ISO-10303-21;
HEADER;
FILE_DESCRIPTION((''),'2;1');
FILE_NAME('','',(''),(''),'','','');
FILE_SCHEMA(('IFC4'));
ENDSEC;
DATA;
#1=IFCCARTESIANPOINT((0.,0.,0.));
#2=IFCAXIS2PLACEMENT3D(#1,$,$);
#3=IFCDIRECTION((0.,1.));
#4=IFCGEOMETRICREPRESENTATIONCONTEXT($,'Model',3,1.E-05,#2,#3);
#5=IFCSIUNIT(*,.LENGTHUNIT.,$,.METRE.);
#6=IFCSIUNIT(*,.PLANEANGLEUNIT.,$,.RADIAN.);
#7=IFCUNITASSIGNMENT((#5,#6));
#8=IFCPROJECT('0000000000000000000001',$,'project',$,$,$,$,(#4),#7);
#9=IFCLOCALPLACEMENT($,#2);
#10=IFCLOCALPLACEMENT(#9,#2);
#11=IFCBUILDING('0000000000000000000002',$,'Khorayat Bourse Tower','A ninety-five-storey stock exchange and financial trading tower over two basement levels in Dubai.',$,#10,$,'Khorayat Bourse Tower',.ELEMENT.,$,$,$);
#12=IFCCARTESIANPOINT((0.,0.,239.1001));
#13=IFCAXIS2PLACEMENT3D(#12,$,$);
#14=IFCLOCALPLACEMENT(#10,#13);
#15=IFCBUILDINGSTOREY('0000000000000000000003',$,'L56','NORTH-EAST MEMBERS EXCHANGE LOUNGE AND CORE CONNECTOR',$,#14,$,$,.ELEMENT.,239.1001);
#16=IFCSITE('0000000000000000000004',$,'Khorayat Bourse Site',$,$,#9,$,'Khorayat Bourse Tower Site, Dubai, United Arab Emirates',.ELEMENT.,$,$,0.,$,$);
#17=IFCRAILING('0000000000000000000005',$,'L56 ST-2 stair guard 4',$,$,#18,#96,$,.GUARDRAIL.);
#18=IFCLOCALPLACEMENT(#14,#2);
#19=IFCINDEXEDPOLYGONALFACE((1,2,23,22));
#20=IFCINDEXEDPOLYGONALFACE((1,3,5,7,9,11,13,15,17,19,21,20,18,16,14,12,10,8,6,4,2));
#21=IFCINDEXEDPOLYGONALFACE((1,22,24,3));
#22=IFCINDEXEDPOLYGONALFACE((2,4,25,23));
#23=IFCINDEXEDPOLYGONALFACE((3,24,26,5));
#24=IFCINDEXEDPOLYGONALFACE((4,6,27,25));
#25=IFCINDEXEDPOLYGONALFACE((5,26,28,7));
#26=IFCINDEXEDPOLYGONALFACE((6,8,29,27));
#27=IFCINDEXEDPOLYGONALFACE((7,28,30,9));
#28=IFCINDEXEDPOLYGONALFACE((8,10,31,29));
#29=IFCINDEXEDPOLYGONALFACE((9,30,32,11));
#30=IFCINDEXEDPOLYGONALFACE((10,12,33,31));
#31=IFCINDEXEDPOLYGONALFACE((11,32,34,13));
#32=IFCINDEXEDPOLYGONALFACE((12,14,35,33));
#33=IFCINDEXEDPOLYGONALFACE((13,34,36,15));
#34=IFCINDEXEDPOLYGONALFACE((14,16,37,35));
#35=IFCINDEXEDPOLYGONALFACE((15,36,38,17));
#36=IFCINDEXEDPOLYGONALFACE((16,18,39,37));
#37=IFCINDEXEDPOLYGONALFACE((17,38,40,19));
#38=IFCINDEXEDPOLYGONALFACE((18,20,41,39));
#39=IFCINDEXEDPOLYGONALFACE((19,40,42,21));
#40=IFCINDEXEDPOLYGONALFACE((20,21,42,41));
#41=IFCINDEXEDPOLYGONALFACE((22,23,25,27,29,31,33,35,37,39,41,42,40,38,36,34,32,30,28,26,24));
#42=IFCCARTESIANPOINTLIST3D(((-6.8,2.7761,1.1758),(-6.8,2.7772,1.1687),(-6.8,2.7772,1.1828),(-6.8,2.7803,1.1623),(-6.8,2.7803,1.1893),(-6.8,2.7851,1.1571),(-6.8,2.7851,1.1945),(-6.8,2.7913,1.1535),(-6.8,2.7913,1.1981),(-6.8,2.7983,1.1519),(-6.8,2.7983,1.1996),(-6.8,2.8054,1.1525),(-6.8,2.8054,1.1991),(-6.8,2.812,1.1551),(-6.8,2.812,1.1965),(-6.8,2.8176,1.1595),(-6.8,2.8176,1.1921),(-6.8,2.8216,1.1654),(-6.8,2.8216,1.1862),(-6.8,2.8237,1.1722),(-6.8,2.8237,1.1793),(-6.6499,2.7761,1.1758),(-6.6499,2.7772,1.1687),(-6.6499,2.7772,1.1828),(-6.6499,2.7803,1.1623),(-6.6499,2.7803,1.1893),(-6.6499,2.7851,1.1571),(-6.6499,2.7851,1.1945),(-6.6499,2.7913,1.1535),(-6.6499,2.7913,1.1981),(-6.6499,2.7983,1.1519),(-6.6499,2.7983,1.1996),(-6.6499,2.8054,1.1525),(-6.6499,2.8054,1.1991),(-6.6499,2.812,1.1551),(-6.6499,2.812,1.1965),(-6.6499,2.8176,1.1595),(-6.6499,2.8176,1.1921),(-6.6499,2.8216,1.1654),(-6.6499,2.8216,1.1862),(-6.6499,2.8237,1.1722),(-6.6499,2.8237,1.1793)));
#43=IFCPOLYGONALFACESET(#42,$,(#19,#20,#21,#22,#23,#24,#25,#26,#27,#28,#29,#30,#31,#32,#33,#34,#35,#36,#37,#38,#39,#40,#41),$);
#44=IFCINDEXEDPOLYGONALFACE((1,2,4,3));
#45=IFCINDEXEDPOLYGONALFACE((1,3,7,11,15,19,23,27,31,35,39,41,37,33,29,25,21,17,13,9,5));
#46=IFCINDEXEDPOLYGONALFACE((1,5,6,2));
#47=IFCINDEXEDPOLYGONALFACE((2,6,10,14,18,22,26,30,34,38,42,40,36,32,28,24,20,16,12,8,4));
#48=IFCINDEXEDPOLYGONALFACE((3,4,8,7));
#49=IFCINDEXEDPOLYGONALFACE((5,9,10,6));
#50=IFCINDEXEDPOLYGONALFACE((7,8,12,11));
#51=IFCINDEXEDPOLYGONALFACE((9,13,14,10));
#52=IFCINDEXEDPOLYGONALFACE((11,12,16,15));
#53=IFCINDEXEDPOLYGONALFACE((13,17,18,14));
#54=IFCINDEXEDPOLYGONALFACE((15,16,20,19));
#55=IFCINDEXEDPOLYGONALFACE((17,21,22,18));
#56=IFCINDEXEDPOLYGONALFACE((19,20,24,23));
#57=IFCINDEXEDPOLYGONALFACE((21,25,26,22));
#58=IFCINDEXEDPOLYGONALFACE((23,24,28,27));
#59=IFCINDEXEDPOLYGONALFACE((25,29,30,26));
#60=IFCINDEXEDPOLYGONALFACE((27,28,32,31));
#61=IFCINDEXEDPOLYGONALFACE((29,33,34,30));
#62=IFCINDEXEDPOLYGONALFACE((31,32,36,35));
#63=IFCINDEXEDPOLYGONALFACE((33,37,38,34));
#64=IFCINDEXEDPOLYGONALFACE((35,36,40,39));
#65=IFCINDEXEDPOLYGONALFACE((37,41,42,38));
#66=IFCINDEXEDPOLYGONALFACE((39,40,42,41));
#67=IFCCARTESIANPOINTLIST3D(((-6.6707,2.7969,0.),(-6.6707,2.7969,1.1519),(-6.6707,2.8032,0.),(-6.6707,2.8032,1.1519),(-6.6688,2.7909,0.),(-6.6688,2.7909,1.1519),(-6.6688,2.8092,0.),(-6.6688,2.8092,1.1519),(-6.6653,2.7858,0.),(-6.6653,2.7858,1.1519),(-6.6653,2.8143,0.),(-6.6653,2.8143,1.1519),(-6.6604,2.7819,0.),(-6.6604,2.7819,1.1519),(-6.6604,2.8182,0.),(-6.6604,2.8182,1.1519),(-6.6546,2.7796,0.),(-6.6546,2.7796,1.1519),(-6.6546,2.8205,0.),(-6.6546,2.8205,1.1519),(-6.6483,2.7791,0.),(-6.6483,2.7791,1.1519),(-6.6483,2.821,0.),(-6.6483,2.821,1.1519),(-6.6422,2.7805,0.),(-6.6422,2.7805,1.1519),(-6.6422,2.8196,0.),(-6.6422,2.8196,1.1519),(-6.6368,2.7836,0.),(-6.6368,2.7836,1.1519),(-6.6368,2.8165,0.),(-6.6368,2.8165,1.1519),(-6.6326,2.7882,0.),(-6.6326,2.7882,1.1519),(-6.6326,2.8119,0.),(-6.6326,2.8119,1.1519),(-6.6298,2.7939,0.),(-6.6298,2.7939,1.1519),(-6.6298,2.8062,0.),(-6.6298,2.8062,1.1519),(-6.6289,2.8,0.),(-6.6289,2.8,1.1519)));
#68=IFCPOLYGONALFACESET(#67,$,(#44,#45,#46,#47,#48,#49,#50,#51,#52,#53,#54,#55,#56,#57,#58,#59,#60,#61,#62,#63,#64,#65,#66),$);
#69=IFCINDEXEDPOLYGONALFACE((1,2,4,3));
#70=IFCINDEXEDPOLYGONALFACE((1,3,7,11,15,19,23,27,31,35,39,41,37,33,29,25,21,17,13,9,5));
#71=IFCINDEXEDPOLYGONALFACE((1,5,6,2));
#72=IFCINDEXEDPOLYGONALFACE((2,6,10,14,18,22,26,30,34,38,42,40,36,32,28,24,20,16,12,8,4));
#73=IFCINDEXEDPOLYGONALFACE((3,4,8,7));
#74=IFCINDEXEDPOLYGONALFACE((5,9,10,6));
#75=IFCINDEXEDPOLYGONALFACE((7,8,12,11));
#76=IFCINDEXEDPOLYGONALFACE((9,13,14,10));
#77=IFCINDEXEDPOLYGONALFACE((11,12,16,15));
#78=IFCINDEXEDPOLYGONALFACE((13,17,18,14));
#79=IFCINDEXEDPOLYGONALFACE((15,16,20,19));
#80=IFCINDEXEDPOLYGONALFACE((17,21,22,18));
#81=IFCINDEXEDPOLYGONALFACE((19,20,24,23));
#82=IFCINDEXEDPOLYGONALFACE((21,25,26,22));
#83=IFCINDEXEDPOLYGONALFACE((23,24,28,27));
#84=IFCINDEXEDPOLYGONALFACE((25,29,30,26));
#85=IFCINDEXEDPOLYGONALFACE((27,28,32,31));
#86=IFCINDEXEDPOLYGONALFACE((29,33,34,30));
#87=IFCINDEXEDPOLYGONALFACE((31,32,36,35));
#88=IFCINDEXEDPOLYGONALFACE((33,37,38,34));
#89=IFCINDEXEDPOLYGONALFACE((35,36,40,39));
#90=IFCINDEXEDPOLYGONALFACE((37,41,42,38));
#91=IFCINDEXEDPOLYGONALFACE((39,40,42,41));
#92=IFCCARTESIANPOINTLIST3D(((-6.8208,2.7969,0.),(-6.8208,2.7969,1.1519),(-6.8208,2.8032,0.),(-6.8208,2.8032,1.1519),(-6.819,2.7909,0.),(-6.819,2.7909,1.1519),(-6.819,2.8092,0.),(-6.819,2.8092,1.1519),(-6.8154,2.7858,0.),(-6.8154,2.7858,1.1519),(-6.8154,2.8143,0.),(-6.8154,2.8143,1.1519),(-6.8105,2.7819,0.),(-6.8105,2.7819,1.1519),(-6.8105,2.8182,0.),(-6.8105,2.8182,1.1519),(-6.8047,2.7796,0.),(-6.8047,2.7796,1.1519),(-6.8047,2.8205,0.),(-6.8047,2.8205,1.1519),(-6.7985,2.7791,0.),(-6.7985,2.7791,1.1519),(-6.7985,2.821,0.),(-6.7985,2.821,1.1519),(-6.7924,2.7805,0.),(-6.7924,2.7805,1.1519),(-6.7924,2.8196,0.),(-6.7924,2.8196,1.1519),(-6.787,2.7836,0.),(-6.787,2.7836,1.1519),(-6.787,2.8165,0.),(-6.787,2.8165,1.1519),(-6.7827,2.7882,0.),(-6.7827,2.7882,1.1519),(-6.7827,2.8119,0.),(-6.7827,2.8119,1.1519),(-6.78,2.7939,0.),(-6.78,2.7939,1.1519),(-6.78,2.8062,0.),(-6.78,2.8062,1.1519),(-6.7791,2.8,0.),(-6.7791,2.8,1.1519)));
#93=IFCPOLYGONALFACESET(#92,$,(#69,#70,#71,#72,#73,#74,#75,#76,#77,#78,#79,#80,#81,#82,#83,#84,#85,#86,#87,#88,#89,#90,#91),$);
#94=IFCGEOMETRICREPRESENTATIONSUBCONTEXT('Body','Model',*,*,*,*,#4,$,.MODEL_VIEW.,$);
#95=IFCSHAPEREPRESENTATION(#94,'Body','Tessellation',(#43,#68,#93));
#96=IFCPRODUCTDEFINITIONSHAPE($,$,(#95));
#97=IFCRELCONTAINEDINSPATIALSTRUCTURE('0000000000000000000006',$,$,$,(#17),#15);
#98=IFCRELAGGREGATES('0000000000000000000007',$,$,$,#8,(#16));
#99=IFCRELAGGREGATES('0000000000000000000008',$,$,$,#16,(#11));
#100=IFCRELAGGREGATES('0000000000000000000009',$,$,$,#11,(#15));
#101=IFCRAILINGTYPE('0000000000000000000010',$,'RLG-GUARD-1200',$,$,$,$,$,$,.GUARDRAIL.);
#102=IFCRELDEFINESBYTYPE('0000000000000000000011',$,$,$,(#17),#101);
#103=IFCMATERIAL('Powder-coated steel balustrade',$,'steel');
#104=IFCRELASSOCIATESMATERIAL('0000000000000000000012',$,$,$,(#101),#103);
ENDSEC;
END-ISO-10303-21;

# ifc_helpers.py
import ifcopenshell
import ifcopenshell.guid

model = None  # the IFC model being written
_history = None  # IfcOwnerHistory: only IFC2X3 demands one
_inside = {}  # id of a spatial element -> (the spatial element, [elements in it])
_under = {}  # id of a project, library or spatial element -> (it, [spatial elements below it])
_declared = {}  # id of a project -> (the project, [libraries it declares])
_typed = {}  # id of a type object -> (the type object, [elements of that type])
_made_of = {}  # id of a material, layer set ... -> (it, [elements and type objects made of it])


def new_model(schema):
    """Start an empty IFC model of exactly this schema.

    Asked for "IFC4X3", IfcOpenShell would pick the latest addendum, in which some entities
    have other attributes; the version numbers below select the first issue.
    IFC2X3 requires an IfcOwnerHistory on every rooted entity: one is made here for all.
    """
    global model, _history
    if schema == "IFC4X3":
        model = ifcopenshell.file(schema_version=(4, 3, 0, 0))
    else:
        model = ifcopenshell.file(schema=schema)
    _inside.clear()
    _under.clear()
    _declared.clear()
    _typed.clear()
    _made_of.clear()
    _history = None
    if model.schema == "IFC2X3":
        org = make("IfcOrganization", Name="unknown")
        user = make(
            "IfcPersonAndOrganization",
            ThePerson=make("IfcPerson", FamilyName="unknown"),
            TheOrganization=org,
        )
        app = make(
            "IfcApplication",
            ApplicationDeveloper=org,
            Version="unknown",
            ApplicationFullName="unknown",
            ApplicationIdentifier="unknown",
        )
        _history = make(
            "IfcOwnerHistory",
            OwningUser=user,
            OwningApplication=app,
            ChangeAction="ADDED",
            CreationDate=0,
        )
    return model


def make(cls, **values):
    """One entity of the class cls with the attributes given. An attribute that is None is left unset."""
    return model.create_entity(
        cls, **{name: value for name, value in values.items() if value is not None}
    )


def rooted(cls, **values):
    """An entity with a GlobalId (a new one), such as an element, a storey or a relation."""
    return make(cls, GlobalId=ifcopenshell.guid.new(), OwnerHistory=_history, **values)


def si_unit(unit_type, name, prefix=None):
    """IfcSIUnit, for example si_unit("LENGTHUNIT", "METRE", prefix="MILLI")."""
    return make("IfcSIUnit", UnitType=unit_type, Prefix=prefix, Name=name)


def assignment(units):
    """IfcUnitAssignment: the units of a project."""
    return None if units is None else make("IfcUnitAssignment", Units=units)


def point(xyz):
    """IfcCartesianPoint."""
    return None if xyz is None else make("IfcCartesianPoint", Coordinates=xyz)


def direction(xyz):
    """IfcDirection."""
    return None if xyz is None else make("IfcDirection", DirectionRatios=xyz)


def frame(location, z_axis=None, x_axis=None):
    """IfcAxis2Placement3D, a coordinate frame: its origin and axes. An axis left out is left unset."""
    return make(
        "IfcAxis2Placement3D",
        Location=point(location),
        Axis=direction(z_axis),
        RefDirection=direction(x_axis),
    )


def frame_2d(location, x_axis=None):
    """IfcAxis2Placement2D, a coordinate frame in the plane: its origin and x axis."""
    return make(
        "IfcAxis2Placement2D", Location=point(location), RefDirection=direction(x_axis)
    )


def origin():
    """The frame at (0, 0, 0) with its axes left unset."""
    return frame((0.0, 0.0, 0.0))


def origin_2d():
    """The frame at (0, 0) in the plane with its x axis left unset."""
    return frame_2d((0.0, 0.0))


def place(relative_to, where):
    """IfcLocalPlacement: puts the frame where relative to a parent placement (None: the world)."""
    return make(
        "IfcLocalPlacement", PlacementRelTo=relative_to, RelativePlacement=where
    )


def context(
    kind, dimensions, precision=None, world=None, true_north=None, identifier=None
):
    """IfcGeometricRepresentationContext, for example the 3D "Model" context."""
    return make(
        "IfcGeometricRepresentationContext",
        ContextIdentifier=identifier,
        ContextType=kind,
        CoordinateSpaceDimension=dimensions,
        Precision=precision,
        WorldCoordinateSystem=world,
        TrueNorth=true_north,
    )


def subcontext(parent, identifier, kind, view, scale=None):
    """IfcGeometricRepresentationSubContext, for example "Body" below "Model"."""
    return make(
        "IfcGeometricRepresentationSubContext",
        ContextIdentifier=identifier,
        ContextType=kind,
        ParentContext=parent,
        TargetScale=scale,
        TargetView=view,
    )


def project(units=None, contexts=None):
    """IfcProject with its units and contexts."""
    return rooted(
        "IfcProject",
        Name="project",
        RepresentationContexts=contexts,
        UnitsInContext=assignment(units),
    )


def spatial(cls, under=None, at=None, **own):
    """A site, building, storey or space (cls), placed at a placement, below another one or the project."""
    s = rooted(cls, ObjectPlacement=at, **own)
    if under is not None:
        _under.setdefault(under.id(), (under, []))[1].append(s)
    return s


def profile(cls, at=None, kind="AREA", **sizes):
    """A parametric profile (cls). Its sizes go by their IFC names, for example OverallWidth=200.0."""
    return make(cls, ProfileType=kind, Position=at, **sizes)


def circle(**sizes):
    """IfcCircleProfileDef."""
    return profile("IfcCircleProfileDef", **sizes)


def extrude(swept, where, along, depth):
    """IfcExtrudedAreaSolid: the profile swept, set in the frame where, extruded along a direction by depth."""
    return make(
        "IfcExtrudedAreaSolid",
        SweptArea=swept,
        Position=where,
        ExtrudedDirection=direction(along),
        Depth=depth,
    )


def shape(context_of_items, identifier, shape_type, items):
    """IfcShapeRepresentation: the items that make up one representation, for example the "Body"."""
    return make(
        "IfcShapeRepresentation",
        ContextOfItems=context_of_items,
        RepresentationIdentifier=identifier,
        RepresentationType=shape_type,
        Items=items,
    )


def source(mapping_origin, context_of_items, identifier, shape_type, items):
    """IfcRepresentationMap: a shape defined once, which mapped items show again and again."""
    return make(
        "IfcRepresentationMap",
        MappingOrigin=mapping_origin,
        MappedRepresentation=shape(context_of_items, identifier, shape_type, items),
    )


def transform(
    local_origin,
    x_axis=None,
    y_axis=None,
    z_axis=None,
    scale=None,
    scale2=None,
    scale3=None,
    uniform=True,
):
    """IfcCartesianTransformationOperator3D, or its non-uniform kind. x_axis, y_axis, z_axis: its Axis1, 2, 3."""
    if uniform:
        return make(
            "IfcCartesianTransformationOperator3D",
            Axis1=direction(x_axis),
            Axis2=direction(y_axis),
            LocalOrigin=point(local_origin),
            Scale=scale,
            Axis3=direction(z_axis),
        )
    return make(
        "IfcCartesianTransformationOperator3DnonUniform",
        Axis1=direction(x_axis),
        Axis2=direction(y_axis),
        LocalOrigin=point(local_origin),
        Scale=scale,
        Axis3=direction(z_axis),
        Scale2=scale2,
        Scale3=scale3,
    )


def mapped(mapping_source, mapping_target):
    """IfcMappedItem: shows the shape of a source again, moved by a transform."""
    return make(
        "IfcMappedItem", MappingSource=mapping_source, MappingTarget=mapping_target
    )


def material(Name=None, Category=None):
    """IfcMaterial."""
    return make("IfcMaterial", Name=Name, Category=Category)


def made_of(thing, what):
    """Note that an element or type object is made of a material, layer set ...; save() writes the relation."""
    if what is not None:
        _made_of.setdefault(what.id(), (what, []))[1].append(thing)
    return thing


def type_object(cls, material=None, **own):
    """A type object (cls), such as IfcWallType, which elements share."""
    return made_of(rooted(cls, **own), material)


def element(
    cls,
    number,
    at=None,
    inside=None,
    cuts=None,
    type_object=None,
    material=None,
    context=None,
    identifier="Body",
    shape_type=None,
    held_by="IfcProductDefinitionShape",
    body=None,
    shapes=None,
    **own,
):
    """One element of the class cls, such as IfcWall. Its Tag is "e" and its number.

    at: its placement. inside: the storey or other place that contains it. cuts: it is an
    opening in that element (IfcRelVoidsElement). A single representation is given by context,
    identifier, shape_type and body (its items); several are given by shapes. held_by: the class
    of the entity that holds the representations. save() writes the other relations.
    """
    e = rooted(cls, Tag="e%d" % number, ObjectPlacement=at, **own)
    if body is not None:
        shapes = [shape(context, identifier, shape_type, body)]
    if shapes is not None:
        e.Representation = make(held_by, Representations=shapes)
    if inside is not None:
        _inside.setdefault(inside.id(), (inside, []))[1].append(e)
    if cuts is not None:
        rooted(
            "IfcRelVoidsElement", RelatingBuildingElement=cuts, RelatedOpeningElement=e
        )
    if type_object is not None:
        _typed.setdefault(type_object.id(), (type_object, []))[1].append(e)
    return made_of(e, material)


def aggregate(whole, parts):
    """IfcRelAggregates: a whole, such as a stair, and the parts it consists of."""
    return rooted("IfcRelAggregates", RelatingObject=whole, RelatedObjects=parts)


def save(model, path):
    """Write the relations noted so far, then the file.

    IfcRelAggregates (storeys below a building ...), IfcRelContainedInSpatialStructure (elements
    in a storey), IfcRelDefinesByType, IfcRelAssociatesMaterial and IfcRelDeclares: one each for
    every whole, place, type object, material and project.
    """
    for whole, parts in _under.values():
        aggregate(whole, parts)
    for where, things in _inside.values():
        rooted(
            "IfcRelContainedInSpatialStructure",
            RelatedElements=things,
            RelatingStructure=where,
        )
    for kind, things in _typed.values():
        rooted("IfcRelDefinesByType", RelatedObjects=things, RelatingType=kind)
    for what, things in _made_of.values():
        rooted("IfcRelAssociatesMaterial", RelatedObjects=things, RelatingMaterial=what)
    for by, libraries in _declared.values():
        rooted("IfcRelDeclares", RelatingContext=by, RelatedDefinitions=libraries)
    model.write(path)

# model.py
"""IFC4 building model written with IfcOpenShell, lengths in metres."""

from ifc_helpers import new_model, si_unit, direction, frame, origin, origin_2d, place, context, subcontext, project, spatial, circle, extrude, source, transform, mapped, material, type_object, element, save


model = new_model("IFC4")

# Units and contexts
model_context = context("Model", 3, precision=1e-05, world=origin(), true_north=direction((0.0, 1.0)))
body_context = subcontext(model_context, "Body", "Model", "MODEL_VIEW")
ifc_project = project(units=[si_unit("LENGTHUNIT", "METRE"), si_unit("PLANEANGLEUNIT", "RADIAN")], contexts=[model_context])

# Site, building, storey
site_placement = place(None, origin())
site = spatial("IfcSite", under=ifc_project, at=site_placement, Name="Khorayat Bourse Site", LongName="Khorayat Bourse Tower Site, Dubai, United Arab Emirates", CompositionType="ELEMENT", RefElevation=0.0)
building_placement = place(site_placement, origin())
building = spatial("IfcBuilding", under=site, at=building_placement, Name="Khorayat Bourse Tower", Description="A ninety-five-storey stock exchange and financial trading tower over two basement levels in Dubai.", LongName="Khorayat Bourse Tower", CompositionType="ELEMENT")
storey_placement = place(building_placement, frame((0.0, 0.0, 239.1001)))
storey = spatial("IfcBuildingStorey", under=building, at=storey_placement, Name="L56", Description="NORTH-EAST MEMBERS EXCHANGE LOUNGE AND CORE CONNECTOR", CompositionType="ELEMENT", Elevation=239.1001)

# Railing
ifc_material_1 = material(Name="Powder-coated steel balustrade", Category="steel")
railing_type_1 = type_object("IfcRailingType", Name="RLG-GUARD-1200", PredefinedType="GUARDRAIL", material=ifc_material_1)
shared_shape_1 = source(origin(), body_context, "Body", "SweptSolid", [
    extrude(circle(Radius=0.0239, at=origin_2d()), frame((0.0, 0.0, 1.1758), z_axis=(-1.0, 0.0, 0.0), x_axis=(0.0, -1.0, 0.0)), (0.0, 0.0, 1.0), 0.1501),
    extrude(circle(Radius=0.021, at=origin_2d()), origin(), (0.0, 0.0, 1.0), 1.1519),
    extrude(circle(Radius=0.021, at=origin_2d()), frame((-0.1501, 0.0, 0.0)), (0.0, 0.0, 1.0), 1.1519),
])
for number, where, name in (
    (1, (-6.6499, 2.8, 0.0), "L56 ST-2 stair guard 4"),
):
    element("IfcRailing", number, at=place(storey_placement, frame(where)), inside=storey, type_object=railing_type_1, Name=name, PredefinedType="GUARDRAIL", context=body_context, shape_type="MappedRepresentation", body=[
        mapped(shared_shape_1, transform((0.0, 0.0, 0.0), scale=1.0)),
    ])

save(model, "model.ifc")
